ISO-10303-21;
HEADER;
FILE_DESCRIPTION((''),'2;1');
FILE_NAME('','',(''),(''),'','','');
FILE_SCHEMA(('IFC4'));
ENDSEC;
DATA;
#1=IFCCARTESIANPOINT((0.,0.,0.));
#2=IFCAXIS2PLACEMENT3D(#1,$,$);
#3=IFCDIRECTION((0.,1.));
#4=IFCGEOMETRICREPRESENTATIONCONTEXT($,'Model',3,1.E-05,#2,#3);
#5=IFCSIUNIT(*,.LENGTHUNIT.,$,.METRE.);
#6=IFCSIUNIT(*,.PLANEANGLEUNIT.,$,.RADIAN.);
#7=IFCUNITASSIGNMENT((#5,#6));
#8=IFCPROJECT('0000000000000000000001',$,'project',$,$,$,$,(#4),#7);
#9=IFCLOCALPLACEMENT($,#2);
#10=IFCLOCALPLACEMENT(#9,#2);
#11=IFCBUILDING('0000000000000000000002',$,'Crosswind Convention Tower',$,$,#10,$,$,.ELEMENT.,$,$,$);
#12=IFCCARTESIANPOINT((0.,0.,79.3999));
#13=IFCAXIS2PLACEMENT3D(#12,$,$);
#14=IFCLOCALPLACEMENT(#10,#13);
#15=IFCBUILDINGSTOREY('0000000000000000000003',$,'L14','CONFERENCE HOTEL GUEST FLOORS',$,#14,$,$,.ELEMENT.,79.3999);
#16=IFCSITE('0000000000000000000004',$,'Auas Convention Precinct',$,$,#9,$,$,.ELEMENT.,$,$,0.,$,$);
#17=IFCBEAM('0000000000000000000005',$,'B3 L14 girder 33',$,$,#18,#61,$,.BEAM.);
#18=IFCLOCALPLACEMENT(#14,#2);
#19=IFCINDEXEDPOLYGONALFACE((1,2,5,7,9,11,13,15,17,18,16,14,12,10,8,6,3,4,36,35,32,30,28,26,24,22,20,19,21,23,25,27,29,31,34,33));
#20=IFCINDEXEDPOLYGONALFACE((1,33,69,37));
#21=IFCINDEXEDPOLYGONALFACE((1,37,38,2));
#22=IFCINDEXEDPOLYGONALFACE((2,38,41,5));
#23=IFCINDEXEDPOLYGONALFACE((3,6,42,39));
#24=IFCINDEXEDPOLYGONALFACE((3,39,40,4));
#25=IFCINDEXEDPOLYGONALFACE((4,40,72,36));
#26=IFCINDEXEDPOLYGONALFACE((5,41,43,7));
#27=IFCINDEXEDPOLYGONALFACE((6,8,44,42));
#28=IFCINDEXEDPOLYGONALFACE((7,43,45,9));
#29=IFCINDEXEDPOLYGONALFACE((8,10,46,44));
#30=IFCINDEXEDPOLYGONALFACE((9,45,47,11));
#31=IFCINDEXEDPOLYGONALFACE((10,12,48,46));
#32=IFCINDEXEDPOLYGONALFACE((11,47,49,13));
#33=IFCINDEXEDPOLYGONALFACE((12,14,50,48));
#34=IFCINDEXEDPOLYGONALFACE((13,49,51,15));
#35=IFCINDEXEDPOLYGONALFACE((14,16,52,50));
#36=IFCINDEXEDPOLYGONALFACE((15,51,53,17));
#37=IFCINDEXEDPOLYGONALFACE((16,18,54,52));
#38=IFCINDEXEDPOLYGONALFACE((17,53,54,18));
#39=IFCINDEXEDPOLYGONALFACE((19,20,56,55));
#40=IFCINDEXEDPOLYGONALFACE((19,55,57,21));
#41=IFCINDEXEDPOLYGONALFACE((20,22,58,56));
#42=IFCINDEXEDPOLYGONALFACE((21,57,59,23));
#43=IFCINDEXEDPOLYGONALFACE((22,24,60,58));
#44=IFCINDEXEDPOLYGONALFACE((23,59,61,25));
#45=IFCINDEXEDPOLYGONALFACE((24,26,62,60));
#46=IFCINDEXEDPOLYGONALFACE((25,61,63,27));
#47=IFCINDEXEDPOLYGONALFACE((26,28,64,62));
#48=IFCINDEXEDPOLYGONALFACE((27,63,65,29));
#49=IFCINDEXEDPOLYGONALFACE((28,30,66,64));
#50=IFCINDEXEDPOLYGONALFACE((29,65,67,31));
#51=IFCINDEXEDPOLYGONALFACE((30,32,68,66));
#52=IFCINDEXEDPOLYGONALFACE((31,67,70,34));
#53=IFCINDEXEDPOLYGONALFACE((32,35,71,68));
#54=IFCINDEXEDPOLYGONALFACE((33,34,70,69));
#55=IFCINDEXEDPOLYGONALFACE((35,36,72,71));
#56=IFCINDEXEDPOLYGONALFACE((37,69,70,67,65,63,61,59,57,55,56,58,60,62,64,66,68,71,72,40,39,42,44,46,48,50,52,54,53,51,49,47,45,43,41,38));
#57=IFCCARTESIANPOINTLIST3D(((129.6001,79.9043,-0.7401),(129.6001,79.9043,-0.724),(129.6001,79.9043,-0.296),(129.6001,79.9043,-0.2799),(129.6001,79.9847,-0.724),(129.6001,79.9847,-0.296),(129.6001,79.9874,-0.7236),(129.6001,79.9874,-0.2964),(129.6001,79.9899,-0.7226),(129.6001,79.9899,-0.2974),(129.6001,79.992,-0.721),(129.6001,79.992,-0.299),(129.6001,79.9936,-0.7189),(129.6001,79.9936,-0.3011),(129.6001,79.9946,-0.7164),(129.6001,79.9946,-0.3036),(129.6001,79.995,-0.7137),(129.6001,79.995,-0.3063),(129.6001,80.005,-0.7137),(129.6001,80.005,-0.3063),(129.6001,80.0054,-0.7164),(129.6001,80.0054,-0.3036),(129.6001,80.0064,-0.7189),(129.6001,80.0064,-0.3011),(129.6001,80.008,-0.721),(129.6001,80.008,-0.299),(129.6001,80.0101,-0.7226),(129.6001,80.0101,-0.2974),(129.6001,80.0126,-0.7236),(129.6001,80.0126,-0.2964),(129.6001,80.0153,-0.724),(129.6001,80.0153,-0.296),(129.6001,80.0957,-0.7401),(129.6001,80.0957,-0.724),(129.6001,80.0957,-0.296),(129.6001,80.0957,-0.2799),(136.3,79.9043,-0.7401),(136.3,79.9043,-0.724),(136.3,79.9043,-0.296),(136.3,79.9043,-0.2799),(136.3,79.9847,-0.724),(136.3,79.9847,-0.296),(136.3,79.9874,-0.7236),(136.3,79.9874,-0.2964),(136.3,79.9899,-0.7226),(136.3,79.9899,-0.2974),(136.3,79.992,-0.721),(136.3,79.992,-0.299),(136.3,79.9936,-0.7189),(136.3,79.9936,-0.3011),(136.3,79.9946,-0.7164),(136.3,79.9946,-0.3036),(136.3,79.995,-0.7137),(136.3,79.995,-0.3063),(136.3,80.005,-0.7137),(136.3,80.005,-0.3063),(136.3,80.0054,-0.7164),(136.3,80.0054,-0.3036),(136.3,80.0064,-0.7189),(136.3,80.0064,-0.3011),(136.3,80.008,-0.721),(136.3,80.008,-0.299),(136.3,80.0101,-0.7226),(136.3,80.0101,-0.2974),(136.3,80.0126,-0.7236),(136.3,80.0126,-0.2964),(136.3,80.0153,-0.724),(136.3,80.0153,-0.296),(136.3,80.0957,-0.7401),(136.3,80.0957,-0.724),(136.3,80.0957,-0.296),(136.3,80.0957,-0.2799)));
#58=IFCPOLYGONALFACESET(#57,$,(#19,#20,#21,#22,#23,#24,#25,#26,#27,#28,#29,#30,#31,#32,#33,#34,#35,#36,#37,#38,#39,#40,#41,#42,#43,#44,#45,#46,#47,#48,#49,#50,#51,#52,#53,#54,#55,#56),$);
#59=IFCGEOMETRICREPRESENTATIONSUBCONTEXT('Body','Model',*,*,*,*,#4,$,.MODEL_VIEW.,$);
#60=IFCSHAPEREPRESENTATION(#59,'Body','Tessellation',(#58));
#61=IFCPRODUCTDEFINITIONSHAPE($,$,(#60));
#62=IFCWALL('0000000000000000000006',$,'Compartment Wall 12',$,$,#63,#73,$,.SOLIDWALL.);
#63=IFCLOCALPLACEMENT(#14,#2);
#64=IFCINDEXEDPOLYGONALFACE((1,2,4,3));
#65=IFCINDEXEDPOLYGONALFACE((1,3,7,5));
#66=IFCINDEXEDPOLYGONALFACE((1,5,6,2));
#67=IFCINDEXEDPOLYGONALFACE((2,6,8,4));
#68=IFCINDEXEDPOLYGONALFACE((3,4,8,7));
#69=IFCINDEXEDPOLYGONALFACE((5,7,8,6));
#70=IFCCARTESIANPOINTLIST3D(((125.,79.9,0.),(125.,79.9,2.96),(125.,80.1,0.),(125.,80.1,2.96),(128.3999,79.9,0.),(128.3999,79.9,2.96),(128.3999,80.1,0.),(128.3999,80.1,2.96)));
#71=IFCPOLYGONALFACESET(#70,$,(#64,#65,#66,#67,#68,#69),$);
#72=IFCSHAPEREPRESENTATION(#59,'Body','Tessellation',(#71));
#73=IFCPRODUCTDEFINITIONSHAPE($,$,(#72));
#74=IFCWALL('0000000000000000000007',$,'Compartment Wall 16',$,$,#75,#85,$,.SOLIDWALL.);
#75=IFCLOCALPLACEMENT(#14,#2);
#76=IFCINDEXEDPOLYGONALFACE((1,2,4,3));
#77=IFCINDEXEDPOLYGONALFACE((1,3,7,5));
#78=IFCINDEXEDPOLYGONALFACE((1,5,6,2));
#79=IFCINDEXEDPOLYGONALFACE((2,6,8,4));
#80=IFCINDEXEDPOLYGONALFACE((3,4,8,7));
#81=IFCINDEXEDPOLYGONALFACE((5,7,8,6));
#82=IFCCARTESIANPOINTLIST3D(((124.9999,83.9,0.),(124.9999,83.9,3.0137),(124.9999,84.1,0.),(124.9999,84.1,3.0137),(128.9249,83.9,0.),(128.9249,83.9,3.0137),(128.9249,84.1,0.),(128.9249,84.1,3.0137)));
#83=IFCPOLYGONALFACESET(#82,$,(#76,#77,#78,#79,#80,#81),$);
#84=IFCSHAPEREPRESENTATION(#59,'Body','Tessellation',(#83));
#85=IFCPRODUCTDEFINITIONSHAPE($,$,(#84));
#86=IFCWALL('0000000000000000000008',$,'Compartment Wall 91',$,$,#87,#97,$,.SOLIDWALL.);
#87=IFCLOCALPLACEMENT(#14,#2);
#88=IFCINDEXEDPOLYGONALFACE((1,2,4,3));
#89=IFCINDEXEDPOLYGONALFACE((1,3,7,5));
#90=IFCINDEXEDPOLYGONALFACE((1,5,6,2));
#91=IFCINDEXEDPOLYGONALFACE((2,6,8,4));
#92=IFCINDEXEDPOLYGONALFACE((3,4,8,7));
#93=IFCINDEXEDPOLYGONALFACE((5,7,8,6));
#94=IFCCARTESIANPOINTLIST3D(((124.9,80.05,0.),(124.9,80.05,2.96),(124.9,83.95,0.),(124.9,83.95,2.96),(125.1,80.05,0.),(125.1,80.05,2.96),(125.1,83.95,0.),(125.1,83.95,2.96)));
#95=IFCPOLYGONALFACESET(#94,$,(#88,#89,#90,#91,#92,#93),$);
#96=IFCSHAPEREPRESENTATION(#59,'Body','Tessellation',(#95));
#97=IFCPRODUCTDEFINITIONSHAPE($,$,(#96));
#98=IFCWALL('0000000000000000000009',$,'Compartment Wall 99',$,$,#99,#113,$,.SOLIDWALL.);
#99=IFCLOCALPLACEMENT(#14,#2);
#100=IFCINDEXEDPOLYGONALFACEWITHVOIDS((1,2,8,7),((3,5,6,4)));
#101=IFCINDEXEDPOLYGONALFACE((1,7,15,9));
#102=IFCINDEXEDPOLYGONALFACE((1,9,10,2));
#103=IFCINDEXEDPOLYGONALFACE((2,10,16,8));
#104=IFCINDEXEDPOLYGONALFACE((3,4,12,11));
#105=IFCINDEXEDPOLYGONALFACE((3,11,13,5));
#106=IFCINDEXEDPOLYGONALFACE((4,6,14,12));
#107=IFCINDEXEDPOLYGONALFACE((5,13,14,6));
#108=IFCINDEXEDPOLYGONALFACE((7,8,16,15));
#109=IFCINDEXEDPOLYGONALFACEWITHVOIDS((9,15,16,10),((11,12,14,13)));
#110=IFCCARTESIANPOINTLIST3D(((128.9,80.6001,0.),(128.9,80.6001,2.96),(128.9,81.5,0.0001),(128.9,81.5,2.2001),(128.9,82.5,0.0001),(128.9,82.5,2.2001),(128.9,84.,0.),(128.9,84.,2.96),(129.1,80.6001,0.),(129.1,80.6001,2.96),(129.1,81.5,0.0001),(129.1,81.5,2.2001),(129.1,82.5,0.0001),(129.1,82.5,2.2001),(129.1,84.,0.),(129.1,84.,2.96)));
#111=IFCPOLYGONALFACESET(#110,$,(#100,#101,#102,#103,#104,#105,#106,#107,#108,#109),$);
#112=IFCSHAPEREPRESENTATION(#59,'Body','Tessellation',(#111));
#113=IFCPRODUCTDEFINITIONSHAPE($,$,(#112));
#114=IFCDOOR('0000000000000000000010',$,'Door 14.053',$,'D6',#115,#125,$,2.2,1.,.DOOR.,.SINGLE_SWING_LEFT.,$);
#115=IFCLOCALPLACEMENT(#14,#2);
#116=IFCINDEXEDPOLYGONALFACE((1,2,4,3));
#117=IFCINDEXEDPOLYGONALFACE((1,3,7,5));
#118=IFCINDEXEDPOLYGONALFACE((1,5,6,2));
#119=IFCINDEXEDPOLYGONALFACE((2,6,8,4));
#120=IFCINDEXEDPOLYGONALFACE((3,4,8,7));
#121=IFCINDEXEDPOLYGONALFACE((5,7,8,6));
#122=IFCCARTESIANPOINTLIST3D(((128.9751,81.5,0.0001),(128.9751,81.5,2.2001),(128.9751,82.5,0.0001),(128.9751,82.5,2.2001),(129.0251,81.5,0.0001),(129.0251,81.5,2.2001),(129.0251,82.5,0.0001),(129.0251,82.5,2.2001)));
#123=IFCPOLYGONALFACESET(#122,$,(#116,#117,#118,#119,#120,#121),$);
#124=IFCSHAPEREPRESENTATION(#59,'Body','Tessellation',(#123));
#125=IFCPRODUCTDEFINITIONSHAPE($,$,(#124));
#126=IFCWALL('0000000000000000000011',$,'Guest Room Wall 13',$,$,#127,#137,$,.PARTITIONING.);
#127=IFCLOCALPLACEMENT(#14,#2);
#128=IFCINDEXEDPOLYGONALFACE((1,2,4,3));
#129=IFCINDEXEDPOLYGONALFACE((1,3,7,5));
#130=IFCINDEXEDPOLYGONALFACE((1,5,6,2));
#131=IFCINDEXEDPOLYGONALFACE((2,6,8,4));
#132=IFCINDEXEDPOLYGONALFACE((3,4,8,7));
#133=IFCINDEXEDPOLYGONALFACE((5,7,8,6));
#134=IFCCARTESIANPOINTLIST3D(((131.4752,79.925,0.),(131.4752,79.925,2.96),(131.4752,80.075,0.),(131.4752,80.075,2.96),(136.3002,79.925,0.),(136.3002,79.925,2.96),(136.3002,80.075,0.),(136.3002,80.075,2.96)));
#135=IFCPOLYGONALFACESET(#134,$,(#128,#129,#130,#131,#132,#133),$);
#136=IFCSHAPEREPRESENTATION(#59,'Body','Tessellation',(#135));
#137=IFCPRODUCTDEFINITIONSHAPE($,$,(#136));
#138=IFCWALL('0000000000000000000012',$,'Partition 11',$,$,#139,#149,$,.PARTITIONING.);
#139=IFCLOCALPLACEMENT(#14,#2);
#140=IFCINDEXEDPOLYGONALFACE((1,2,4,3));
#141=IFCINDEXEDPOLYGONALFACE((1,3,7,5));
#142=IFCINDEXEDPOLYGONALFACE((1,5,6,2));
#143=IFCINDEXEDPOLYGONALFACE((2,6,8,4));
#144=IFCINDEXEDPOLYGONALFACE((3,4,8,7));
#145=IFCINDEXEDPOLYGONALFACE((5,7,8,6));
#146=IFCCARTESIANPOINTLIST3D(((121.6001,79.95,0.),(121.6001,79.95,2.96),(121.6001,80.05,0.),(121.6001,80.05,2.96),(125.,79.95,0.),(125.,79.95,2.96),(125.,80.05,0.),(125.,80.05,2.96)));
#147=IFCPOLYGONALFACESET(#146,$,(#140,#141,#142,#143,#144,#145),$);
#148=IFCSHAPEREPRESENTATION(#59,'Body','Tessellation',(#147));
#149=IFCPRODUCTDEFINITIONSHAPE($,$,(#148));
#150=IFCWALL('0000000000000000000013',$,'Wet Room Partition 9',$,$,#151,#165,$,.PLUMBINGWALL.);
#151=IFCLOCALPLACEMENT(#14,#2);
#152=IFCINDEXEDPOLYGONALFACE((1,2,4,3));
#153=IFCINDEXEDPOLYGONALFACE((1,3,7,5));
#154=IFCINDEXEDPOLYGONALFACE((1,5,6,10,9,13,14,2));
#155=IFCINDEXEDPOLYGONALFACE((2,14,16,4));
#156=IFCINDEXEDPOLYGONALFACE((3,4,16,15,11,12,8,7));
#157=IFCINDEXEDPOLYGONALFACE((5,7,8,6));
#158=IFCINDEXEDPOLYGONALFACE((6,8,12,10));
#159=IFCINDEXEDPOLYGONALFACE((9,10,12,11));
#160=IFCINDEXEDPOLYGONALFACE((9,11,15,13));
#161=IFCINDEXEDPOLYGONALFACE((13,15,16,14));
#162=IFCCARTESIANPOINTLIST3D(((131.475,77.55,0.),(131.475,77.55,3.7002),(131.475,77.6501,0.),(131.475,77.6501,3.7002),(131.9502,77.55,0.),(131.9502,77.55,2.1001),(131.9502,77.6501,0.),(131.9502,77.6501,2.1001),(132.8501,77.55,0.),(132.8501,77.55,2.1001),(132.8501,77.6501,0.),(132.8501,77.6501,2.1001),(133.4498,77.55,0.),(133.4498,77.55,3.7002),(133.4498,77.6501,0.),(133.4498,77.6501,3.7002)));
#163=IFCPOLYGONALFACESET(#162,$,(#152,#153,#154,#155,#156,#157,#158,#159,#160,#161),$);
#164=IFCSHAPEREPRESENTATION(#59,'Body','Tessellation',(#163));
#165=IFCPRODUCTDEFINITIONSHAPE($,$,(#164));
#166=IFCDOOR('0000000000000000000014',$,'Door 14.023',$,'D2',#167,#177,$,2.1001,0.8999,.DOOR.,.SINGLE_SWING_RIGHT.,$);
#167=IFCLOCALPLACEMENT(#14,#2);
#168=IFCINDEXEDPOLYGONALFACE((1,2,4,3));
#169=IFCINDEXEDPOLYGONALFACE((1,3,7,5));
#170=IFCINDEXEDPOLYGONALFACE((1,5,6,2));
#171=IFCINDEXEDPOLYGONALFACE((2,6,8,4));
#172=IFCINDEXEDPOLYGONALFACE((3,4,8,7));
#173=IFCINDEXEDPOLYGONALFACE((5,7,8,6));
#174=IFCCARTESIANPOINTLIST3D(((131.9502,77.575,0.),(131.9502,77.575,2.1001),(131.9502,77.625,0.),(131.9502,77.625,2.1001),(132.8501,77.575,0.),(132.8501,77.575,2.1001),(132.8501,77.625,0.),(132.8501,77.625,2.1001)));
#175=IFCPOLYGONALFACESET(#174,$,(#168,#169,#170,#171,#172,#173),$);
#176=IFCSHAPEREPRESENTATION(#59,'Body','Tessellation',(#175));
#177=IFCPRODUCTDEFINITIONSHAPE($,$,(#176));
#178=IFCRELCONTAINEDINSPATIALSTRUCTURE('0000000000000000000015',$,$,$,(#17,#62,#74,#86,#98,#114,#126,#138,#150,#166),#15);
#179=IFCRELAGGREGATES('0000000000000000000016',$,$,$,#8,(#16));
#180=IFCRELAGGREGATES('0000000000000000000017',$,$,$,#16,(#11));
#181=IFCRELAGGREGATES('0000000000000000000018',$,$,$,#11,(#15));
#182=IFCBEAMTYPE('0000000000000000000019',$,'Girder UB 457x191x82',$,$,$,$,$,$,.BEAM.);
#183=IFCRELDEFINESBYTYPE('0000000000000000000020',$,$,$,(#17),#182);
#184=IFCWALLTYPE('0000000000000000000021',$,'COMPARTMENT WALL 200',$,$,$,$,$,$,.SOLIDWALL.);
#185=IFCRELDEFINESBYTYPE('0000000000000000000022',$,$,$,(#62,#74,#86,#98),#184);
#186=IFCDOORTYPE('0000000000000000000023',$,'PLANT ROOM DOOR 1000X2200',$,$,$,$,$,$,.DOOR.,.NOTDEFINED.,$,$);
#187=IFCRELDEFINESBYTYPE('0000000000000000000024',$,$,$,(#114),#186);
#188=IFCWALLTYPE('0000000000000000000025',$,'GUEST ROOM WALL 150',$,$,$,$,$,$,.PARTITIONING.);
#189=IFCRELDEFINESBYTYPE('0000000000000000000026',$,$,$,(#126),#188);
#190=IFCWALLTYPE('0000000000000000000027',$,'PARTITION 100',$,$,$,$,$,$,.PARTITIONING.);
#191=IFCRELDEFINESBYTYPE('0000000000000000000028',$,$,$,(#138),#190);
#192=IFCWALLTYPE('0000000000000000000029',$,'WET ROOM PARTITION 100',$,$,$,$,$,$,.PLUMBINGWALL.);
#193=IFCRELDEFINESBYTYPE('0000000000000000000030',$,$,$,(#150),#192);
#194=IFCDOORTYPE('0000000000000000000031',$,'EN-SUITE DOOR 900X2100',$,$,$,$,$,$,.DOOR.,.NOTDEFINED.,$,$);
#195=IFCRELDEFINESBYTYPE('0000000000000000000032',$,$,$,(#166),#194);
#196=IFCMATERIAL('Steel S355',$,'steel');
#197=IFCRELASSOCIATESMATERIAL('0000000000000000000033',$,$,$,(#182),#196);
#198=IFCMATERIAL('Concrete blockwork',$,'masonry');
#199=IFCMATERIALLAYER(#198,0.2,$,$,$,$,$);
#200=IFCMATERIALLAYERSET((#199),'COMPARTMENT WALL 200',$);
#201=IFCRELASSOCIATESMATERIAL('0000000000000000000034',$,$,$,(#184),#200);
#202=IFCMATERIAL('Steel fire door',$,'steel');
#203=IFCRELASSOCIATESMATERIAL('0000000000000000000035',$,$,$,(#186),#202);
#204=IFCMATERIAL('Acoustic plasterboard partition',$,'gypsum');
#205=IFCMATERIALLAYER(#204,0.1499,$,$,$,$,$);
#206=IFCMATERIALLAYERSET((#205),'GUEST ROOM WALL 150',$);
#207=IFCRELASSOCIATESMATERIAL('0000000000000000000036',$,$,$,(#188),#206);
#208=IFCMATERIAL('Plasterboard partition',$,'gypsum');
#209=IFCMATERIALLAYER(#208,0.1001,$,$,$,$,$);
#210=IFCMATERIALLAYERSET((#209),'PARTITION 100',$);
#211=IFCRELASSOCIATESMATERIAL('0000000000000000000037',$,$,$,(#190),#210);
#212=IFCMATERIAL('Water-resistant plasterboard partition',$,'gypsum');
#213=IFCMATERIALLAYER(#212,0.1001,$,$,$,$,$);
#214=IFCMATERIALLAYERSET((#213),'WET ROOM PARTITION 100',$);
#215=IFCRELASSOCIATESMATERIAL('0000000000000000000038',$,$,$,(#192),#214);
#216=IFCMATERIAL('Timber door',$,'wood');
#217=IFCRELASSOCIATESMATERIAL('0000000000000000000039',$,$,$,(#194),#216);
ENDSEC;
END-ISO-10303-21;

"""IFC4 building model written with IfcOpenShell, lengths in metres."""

from ifc_helpers import new_model, si_unit, direction, frame, frame_2d, origin, origin_2d, place, context, subcontext, project, spatial, rectangle, i_section, extrude, material, layer, layer_set, material_profile, profile_set, type_object, element, fill, save


model = new_model("IFC4")

# Units and contexts
model_context = context("Model", 3, precision=1e-05, world=origin(), true_north=direction((0.0, 1.0)))
body_context = subcontext(model_context, "Body", "Model", "MODEL_VIEW")
ifc_project = project(units=[si_unit("LENGTHUNIT", "METRE"), si_unit("PLANEANGLEUNIT", "RADIAN")], contexts=[model_context])

# Site, building, storey
site_placement = place(None, origin())
site = spatial("IfcSite", under=ifc_project, at=site_placement, Name="Auas Convention Precinct", CompositionType="ELEMENT", RefElevation=0.0)
building_placement = place(site_placement, origin())
building = spatial("IfcBuilding", under=site, at=building_placement, Name="Crosswind Convention Tower", CompositionType="ELEMENT")
storey_placement = place(building_placement, frame((0.0, 0.0, 79.3999)))
storey = spatial("IfcBuildingStorey", under=building, at=storey_placement, Name="L14", Description="CONFERENCE HOTEL GUEST FLOORS", CompositionType="ELEMENT", Elevation=79.3999)

# Beam
ifc_material_1 = material(Name="Steel S355", Category="steel")
ifc_material_profile_1 = material_profile(ifc_material_1, i_section(OverallWidth=0.1914, OverallDepth=0.4602, WebThickness=0.01, FlangeThickness=0.0161, FilletRadius=0.0103, at=origin_2d()), Name="UB 457x191x82")
ifc_profile_set_1 = profile_set([ifc_material_profile_1], Name="Steel S355")
beam_type_1 = type_object("IfcBeamType", Name="Girder UB 457x191x82", PredefinedType="BEAM", material=ifc_profile_set_1)
beam_1_placement = place(storey_placement, frame((129.6001, 80.0, -0.51), z_axis=(1.0, 0.0, 0.0), x_axis=(0.0, 1.0, 0.0)))
element("IfcBeam", 1, at=beam_1_placement, inside=storey, type_object=beam_type_1, Name="B3 L14 girder 33", PredefinedType="BEAM", context=body_context, shape_type="SweptSolid", body=[
    extrude(i_section(OverallWidth=0.1914, OverallDepth=0.4602, WebThickness=0.01, FlangeThickness=0.0161, FilletRadius=0.0103, at=origin_2d()), origin(), (0.0, 0.0, 1.0), 6.7),
])

# Walls
ifc_material_2 = material(Name="Concrete blockwork", Category="masonry")
ifc_layer_1 = layer(ifc_material_2, 0.2)
ifc_layer_set_1 = layer_set([ifc_layer_1], Name="COMPARTMENT WALL 200")
wall_type_1 = type_object("IfcWallType", Name="COMPARTMENT WALL 200", PredefinedType="SOLIDWALL", material=ifc_layer_set_1)
wall_1_placement = place(storey_placement, frame((125.0, 80.0, 0.0), z_axis=(0.0, 0.0, 1.0), x_axis=(1.0, 0.0, 0.0)))
element("IfcWall", 2, at=wall_1_placement, inside=storey, type_object=wall_type_1, Name="Compartment Wall 12", PredefinedType="SOLIDWALL", context=body_context, shape_type="SweptSolid", body=[
    extrude(rectangle(XDim=3.3999, YDim=0.2, at=frame_2d((1.7, 0.0))), origin(), (0.0, 0.0, 1.0), 2.96),
])
wall_2_placement = place(storey_placement, frame((125.0, 84.0, 0.0), z_axis=(0.0, 0.0, 1.0), x_axis=(1.0, 0.0, 0.0)))
element("IfcWall", 3, at=wall_2_placement, inside=storey, type_object=wall_type_1, Name="Compartment Wall 16", PredefinedType="SOLIDWALL", context=body_context, shape_type="SweptSolid", body=[
    extrude(rectangle(XDim=3.925, YDim=0.2, at=frame_2d((1.9624, 0.0))), origin(), (0.0, 0.0, 1.0), 3.0137),
])
wall_3_placement = place(storey_placement, frame((125.0, 80.05, 0.0), z_axis=(0.0, 0.0, 1.0), x_axis=(0.0, 1.0, 0.0)))
element("IfcWall", 4, at=wall_3_placement, inside=storey, type_object=wall_type_1, Name="Compartment Wall 91", PredefinedType="SOLIDWALL", context=body_context, shape_type="SweptSolid", body=[
    extrude(rectangle(XDim=3.8999, YDim=0.2, at=frame_2d((1.95, 0.0))), origin(), (0.0, 0.0, 1.0), 2.96),
])

# Wall, opening, door
wall_4_placement = place(storey_placement, frame((129.0, 80.6001, 0.0), z_axis=(0.0, 0.0, 1.0), x_axis=(0.0, 1.0, 0.0)))
wall_4 = element("IfcWall", 5, at=wall_4_placement, inside=storey, type_object=wall_type_1, Name="Compartment Wall 99", PredefinedType="SOLIDWALL", context=body_context, shape_type="SweptSolid", body=[
    extrude(rectangle(XDim=3.3999, YDim=0.2, at=frame_2d((1.7, 0.0))), origin(), (0.0, 0.0, 1.0), 2.96),
])
opening_1_placement = place(wall_4_placement, frame((0.8999, 0.0, 0.0)))
opening_1 = element("IfcOpeningElement", 6, at=opening_1_placement, cuts=wall_4, PredefinedType="OPENING", context=body_context, shape_type="SweptSolid", body=[
    extrude(rectangle(XDim=1.0, YDim=2.2, at=frame_2d((0.5, 1.1001))), frame((0.0, 0.1099, 0.0), z_axis=(0.0, -1.0, 0.0), x_axis=(1.0, 0.0, 0.0)), (0.0, 0.0, 1.0), 0.22),
])
ifc_material_3 = material(Name="Steel fire door", Category="steel")
door_type_1 = type_object("IfcDoorType", Name="PLANT ROOM DOOR 1000X2200", OperationType="NOTDEFINED", PredefinedType="DOOR", material=ifc_material_3)
door_1_placement = place(opening_1_placement, origin())
door_1 = element("IfcDoor", 7, at=door_1_placement, inside=storey, type_object=door_type_1, Name="Door 14.053", ObjectType="D6", OperationType="SINGLE_SWING_LEFT", OverallHeight=2.2, OverallWidth=1.0, PredefinedType="DOOR", context=body_context, shape_type="SweptSolid", body=[
    extrude(rectangle(XDim=1.0, YDim=2.2, at=frame_2d((0.5, 1.1001))), frame((0.0, 0.0249, 0.0), z_axis=(0.0, -1.0, 0.0), x_axis=(1.0, 0.0, 0.0)), (0.0, 0.0, 1.0), 0.05),
])
fill(opening_1, door_1)

# Walls
ifc_material_4 = material(Name="Acoustic plasterboard partition", Category="gypsum")
ifc_layer_2 = layer(ifc_material_4, 0.1499)
ifc_layer_set_2 = layer_set([ifc_layer_2], Name="GUEST ROOM WALL 150")
wall_type_2 = type_object("IfcWallType", Name="GUEST ROOM WALL 150", PredefinedType="PARTITIONING", material=ifc_layer_set_2)
wall_5_placement = place(storey_placement, frame((131.4751, 80.0, 0.0), z_axis=(0.0, 0.0, 1.0), x_axis=(1.0, 0.0, 0.0)))
element("IfcWall", 8, at=wall_5_placement, inside=storey, type_object=wall_type_2, Name="Guest Room Wall 13", PredefinedType="PARTITIONING", context=body_context, shape_type="SweptSolid", body=[
    extrude(rectangle(XDim=4.825, YDim=0.1499, at=frame_2d((2.4126, 0.0))), origin(), (0.0, 0.0, 1.0), 2.96),
])
ifc_material_5 = material(Name="Plasterboard partition", Category="gypsum")
ifc_layer_3 = layer(ifc_material_5, 0.1001)
ifc_layer_set_3 = layer_set([ifc_layer_3], Name="PARTITION 100")
wall_type_3 = type_object("IfcWallType", Name="PARTITION 100", PredefinedType="PARTITIONING", material=ifc_layer_set_3)
wall_6_placement = place(storey_placement, frame((121.6001, 80.0, 0.0), z_axis=(0.0, 0.0, 1.0), x_axis=(1.0, 0.0, 0.0)))
element("IfcWall", 9, at=wall_6_placement, inside=storey, type_object=wall_type_3, Name="Partition 11", PredefinedType="PARTITIONING", context=body_context, shape_type="SweptSolid", body=[
    extrude(rectangle(XDim=3.3999, YDim=0.1001, at=frame_2d((1.7, 0.0))), origin(), (0.0, 0.0, 1.0), 2.96),
])

# Wall, opening, door
ifc_material_6 = material(Name="Water-resistant plasterboard partition", Category="gypsum")
ifc_layer_4 = layer(ifc_material_6, 0.1001)
ifc_layer_set_4 = layer_set([ifc_layer_4], Name="WET ROOM PARTITION 100")
wall_type_4 = type_object("IfcWallType", Name="WET ROOM PARTITION 100", PredefinedType="PLUMBINGWALL", material=ifc_layer_set_4)
wall_7_placement = place(storey_placement, frame((131.4751, 77.6001, 0.0), z_axis=(0.0, 0.0, 1.0), x_axis=(1.0, 0.0, 0.0)))
wall_7 = element("IfcWall", 10, at=wall_7_placement, inside=storey, type_object=wall_type_4, Name="Wet Room Partition 9", PredefinedType="PLUMBINGWALL", context=body_context, shape_type="SweptSolid", body=[
    extrude(rectangle(XDim=1.9749, YDim=0.1001, at=frame_2d((0.9873, 0.0))), origin(), (0.0, 0.0, 1.0), 3.7002),
])
opening_2_placement = place(wall_7_placement, frame((0.4751, 0.0, 0.0)))
opening_2 = element("IfcOpeningElement", 11, at=opening_2_placement, cuts=wall_7, PredefinedType="OPENING", context=body_context, shape_type="SweptSolid", body=[
    extrude(rectangle(XDim=0.8999, YDim=2.1001, at=frame_2d((0.45, 1.05))), frame((0.0, 0.0601, 0.0), z_axis=(0.0, -1.0, 0.0), x_axis=(1.0, 0.0, 0.0)), (0.0, 0.0, 1.0), 0.1201),
])
ifc_material_7 = material(Name="Timber door", Category="wood")
door_type_2 = type_object("IfcDoorType", Name="EN-SUITE DOOR 900X2100", OperationType="NOTDEFINED", PredefinedType="DOOR", material=ifc_material_7)
door_2_placement = place(opening_2_placement, origin())
door_2 = element("IfcDoor", 12, at=door_2_placement, inside=storey, type_object=door_type_2, Name="Door 14.023", ObjectType="D2", OperationType="SINGLE_SWING_RIGHT", OverallHeight=2.1001, OverallWidth=0.8999, PredefinedType="DOOR", context=body_context, shape_type="SweptSolid", body=[
    extrude(rectangle(XDim=0.8999, YDim=2.1001, at=frame_2d((0.45, 1.05))), frame((0.0, 0.0249, 0.0), z_axis=(0.0, -1.0, 0.0), x_axis=(1.0, 0.0, 0.0)), (0.0, 0.0, 1.0), 0.05),
])
fill(opening_2, door_2)

save(model, "model.ifc")
